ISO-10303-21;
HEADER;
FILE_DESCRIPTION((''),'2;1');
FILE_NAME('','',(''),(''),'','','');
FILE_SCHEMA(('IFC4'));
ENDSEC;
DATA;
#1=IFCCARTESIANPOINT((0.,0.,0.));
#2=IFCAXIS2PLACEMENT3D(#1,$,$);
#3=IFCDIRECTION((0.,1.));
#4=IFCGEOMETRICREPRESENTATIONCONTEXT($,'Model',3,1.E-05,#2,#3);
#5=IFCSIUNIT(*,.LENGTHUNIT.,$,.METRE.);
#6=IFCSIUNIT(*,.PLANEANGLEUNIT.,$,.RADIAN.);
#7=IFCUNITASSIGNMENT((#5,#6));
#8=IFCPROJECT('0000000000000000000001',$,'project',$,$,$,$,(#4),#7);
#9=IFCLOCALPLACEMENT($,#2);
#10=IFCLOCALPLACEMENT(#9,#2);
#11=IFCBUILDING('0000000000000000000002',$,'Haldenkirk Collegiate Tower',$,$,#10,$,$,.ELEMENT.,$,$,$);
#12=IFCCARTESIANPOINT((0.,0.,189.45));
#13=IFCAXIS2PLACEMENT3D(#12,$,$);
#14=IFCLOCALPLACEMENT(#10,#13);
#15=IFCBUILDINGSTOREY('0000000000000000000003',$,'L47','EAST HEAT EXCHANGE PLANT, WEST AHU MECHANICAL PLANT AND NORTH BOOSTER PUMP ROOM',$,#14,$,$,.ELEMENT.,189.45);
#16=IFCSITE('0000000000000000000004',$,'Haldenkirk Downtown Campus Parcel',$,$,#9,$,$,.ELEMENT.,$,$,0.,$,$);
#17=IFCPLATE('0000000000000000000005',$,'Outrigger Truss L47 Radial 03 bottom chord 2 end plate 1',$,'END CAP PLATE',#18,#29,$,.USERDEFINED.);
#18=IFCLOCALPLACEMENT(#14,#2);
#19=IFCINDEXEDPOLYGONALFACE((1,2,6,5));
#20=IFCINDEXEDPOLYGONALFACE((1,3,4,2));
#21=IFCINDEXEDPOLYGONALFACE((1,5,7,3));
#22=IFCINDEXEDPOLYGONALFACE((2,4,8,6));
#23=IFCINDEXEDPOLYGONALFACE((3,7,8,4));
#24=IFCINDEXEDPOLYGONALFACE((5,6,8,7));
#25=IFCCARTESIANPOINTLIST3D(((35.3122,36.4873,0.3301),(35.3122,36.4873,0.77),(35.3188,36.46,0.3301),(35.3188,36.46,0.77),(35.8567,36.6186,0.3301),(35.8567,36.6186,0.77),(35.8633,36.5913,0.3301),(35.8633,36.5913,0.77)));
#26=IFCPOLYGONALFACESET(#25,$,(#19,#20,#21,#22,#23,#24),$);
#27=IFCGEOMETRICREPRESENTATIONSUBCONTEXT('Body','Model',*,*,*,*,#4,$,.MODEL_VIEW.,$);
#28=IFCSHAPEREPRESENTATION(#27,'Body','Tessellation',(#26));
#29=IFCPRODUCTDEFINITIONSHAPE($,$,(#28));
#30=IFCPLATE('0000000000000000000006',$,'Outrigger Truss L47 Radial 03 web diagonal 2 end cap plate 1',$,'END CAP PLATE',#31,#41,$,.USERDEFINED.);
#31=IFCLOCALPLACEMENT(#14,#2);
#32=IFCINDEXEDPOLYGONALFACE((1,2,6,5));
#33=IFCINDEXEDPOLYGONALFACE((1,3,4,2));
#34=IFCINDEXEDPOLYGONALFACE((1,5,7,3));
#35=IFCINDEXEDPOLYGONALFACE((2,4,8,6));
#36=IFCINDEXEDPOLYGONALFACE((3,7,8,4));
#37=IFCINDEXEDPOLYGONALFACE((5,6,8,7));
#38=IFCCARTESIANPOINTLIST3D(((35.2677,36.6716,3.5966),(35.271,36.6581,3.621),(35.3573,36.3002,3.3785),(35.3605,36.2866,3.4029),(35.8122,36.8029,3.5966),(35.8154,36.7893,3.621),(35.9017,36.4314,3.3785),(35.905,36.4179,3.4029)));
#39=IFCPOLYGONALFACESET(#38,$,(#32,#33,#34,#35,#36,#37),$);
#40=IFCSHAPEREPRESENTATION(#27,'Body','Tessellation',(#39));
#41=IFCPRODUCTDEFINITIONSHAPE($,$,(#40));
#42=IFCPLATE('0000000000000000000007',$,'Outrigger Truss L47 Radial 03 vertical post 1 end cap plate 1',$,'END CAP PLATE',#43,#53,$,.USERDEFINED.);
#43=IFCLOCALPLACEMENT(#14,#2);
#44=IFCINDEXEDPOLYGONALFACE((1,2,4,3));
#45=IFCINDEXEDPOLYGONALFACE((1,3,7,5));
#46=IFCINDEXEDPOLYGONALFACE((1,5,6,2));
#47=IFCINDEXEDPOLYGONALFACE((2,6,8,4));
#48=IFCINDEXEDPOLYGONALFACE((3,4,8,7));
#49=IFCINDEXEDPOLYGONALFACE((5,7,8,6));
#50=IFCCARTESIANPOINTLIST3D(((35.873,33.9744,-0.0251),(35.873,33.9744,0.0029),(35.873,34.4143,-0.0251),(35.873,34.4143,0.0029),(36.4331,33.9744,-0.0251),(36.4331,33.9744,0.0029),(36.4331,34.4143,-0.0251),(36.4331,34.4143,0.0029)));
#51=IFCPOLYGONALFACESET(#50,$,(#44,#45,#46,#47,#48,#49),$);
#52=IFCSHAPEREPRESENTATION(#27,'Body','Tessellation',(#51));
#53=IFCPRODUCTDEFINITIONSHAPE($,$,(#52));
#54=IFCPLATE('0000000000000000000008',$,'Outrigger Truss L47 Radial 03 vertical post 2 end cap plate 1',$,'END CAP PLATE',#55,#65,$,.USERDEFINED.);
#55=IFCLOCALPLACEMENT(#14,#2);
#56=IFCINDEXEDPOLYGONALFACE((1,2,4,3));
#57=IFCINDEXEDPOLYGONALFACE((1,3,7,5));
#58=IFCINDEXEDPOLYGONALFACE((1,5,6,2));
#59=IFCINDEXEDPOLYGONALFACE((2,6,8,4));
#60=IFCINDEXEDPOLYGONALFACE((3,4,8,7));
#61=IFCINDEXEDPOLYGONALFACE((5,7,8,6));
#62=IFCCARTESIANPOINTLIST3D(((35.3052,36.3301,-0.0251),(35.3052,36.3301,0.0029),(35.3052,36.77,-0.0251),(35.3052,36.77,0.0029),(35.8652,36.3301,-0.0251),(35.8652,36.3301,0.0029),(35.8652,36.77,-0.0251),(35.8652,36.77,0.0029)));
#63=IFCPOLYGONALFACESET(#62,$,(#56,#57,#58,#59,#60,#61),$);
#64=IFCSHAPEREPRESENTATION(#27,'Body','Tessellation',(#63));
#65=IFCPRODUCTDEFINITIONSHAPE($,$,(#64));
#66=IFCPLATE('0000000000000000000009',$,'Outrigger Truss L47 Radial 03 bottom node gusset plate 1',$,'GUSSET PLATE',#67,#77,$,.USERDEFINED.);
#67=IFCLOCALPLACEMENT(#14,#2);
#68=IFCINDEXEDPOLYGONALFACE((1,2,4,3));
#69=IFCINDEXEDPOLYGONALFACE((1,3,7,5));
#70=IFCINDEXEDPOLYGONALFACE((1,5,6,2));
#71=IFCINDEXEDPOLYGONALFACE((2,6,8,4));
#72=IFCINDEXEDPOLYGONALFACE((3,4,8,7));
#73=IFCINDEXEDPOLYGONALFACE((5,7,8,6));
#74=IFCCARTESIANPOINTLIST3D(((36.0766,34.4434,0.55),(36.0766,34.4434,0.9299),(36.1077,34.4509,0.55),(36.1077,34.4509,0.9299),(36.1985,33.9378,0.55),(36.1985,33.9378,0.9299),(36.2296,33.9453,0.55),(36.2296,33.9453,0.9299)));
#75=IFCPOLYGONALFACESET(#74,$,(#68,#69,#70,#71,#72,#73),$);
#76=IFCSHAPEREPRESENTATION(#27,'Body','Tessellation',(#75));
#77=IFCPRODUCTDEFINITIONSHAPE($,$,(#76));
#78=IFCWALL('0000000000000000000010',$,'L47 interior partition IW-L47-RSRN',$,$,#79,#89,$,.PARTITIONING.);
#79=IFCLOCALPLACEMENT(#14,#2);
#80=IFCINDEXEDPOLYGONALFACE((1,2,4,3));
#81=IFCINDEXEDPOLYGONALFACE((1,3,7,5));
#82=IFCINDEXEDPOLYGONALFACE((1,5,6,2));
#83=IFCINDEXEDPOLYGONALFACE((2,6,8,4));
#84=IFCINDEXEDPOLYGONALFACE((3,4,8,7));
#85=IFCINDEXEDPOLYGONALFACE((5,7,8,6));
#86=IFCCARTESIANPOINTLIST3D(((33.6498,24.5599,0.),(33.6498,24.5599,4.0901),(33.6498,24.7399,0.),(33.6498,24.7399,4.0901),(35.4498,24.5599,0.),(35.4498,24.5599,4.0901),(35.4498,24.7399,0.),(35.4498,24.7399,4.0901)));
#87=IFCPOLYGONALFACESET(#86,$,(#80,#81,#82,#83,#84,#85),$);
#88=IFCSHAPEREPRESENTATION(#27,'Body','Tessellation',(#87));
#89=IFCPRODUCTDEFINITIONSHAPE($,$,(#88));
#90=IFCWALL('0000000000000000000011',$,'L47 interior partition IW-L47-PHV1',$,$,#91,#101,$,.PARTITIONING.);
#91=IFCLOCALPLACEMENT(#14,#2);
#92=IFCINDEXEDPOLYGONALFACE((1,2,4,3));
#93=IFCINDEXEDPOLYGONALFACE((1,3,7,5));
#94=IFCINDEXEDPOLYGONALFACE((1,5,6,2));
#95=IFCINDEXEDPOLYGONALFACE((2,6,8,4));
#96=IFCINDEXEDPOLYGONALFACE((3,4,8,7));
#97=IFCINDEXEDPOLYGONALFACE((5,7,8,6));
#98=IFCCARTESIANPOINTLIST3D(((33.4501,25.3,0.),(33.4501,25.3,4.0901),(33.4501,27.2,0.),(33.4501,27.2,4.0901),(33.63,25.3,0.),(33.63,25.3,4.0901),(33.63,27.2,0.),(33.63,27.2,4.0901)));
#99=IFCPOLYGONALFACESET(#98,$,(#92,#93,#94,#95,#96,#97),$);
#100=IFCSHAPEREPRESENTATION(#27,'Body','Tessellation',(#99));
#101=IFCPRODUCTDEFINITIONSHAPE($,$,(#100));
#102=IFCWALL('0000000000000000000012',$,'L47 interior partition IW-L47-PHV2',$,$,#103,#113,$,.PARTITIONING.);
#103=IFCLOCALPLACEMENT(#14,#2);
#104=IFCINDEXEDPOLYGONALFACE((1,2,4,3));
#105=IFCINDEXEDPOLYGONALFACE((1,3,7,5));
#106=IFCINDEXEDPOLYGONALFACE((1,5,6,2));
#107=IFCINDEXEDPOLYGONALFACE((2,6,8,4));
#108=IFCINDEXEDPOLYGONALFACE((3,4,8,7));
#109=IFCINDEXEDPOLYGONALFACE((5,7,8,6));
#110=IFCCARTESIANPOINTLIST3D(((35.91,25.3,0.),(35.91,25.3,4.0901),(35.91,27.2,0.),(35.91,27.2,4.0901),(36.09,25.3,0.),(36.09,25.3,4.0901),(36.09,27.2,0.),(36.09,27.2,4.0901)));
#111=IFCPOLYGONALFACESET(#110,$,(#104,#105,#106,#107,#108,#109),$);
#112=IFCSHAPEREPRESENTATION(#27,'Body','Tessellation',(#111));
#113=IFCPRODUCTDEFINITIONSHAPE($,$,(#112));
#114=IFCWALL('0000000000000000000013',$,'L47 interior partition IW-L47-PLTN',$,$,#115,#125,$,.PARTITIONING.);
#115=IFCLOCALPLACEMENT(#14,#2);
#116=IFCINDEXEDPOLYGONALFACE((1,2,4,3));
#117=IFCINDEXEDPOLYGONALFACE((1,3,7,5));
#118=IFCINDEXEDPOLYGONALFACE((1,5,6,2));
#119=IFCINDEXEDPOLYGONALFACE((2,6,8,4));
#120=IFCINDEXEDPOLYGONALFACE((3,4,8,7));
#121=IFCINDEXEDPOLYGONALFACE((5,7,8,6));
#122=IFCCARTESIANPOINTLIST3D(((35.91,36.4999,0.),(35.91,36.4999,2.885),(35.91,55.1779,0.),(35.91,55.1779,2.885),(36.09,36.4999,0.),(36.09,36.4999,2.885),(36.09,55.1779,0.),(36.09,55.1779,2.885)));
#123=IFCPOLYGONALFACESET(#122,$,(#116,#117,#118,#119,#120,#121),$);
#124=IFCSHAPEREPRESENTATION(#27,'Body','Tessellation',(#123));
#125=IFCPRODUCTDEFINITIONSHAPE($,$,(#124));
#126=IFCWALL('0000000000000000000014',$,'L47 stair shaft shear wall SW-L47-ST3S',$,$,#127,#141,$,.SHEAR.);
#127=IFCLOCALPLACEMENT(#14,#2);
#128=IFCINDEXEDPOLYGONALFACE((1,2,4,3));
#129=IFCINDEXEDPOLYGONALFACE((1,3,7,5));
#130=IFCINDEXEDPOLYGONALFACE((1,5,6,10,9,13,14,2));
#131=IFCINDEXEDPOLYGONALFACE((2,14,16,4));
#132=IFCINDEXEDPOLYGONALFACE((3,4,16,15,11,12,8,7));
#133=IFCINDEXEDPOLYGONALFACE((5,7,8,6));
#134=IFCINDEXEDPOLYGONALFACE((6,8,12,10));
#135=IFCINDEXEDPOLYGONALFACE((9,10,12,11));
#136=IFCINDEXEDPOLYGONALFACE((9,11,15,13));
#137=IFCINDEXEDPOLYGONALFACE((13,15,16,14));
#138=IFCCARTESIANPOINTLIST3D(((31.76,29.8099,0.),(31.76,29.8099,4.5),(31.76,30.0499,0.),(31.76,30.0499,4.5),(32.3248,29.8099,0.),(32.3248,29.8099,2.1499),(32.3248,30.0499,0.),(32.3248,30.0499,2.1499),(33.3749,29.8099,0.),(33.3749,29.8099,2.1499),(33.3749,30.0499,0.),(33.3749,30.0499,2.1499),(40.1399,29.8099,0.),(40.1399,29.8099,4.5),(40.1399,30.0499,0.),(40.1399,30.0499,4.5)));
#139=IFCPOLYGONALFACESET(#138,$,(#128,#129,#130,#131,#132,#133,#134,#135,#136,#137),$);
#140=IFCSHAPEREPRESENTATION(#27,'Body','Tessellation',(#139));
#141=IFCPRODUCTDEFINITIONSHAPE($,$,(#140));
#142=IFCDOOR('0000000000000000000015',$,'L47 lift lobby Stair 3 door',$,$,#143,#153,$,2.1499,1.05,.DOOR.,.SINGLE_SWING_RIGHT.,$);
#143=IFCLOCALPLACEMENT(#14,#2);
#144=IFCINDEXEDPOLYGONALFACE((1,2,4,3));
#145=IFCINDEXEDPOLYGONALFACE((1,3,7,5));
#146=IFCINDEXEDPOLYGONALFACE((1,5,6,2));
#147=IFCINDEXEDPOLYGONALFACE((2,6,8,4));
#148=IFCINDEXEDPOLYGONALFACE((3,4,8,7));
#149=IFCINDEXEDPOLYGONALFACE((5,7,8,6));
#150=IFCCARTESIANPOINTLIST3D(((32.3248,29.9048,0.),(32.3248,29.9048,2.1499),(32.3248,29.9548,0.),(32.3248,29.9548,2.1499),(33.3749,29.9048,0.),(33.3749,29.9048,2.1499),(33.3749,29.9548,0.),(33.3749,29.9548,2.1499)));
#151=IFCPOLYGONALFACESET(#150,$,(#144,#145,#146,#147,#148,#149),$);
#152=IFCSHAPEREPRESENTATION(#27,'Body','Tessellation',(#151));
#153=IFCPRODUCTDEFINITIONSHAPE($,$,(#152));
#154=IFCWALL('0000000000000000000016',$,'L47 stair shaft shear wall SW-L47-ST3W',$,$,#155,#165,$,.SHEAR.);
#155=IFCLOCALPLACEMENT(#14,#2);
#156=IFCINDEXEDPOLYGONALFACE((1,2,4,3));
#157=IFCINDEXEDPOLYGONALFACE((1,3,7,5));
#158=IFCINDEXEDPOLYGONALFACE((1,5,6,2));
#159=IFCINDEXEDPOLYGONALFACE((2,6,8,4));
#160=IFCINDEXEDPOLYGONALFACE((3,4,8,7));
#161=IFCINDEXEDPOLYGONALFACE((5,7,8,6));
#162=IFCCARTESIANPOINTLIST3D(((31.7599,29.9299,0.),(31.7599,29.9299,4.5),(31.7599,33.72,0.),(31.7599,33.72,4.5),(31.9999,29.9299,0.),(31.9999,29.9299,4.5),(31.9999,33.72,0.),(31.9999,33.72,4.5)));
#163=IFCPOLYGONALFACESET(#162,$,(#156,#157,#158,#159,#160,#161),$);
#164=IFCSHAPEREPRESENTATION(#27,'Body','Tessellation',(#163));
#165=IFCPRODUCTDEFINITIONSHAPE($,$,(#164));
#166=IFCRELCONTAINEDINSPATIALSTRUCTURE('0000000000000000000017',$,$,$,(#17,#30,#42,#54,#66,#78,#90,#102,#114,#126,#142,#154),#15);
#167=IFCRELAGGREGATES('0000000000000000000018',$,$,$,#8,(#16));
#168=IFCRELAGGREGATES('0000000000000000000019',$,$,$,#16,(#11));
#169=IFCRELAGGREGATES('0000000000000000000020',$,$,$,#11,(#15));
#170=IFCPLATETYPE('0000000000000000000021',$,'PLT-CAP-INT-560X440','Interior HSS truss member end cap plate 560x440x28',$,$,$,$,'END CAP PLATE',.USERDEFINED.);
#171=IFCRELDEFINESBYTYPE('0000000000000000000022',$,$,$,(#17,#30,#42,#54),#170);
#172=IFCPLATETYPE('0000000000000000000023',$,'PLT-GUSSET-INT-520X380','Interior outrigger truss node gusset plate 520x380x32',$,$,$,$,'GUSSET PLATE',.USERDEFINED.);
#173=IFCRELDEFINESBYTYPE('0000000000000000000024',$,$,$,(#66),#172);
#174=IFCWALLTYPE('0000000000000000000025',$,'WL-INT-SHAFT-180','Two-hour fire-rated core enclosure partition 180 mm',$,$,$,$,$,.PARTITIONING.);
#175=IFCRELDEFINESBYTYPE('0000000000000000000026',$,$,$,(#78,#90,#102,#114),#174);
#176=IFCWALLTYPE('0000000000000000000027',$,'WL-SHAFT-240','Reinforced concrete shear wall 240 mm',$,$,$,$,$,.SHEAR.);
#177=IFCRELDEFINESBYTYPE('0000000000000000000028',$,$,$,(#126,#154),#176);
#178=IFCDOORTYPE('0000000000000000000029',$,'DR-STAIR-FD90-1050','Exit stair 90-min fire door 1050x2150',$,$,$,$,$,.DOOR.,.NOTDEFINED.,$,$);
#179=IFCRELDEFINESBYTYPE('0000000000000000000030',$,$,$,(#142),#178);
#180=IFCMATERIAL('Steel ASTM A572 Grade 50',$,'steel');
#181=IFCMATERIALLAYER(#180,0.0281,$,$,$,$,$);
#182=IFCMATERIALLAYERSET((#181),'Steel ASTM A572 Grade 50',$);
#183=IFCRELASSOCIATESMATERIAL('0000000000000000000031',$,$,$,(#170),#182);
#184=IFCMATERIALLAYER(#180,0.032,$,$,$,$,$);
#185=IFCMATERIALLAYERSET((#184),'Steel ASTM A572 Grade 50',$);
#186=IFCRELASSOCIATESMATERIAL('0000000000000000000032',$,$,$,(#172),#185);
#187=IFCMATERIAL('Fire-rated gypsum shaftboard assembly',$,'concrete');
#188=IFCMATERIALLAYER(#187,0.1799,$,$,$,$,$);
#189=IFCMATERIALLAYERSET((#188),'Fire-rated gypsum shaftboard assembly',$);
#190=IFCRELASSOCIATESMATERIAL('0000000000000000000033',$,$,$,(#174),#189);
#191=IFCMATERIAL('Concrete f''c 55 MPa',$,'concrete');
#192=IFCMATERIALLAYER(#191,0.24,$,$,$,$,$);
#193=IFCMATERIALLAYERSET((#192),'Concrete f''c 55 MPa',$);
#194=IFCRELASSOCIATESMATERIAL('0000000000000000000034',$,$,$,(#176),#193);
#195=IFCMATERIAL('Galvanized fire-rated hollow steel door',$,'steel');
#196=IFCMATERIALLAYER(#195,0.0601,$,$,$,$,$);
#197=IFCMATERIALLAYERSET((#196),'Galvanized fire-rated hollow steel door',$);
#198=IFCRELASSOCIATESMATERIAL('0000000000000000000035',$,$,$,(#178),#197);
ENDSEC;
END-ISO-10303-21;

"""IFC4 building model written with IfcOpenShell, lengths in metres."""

from ifc_helpers import new_model, si_unit, direction, frame, frame_2d, origin, origin_2d, place, context, subcontext, project, spatial, rectangle, extrude, source, transform, mapped, material, layer, layer_set, type_object, element, fill, save


model = new_model("IFC4")

# Units and contexts
model_context = context("Model", 3, precision=1e-05, world=origin(), true_north=direction((0.0, 1.0)))
body_context = subcontext(model_context, "Body", "Model", "MODEL_VIEW")
ifc_project = project(units=[si_unit("LENGTHUNIT", "METRE"), si_unit("PLANEANGLEUNIT", "RADIAN")], contexts=[model_context])

# Site, building, storey
site_placement = place(None, origin())
site = spatial("IfcSite", under=ifc_project, at=site_placement, Name="Haldenkirk Downtown Campus Parcel", CompositionType="ELEMENT", RefElevation=0.0)
building_placement = place(site_placement, origin())
building = spatial("IfcBuilding", under=site, at=building_placement, Name="Haldenkirk Collegiate Tower", CompositionType="ELEMENT")
storey_placement = place(building_placement, frame((0.0, 0.0, 189.45)))
storey = spatial("IfcBuildingStorey", under=building, at=storey_placement, Name="L47", Description="EAST HEAT EXCHANGE PLANT, WEST AHU MECHANICAL PLANT AND NORTH BOOSTER PUMP ROOM", CompositionType="ELEMENT", Elevation=189.45)

# Shared definitions
ifc_material_1 = material(Name="Steel ASTM A572 Grade 50", Category="steel")

# Plates
ifc_layer_1 = layer(ifc_material_1, 0.0281)
ifc_layer_set_1 = layer_set([ifc_layer_1], Name="Steel ASTM A572 Grade 50")
plate_type_1 = type_object("IfcPlateType", Name="PLT-CAP-INT-560X440", Description="Interior HSS truss member end cap plate 560x440x28", ElementType="END CAP PLATE", PredefinedType="USERDEFINED", material=ifc_layer_set_1)
shared_shape_1 = source(origin(), body_context, "Body", "SweptSolid", [
    extrude(rectangle(XDim=0.5601, YDim=0.4399, at=origin_2d()), origin(), (0.0, 0.0, 1.0), 0.0281),
])
for number, where, z_axis, x_axis, name in (
    (1, (35.5845, 36.553, 0.55), (0.234397, -0.972141, 0.0), (0.972141, 0.234397, 0.0), "Outrigger Truss L47 Radial 03 bottom chord 2 end plate 1"),
    (2, (35.5847, 36.5515, 3.4875), (0.116159, -0.481829, 0.868532), (0.972149, 0.234365, 0.0), "Outrigger Truss L47 Radial 03 web diagonal 2 end cap plate 1"),
    (3, (36.1531, 34.1943, 0.0029), (0.0, 0.0, -1.0), (1.0, 0.0, 0.0), "Outrigger Truss L47 Radial 03 vertical post 1 end cap plate 1"),
    (4, (35.5852, 36.55, 0.0029), (0.0, 0.0, -1.0), (1.0, 0.0, 0.0), "Outrigger Truss L47 Radial 03 vertical post 2 end cap plate 1"),
):
    element("IfcPlate", number, at=place(storey_placement, frame(where, z_axis=z_axis, x_axis=x_axis)), inside=storey, type_object=plate_type_1, Name=name, ObjectType="END CAP PLATE", PredefinedType="USERDEFINED", context=body_context, shape_type="MappedRepresentation", body=[
        mapped(shared_shape_1, transform((0.0, 0.0, 0.0), x_axis=(1.0, 0.0, 0.0), y_axis=(0.0, 1.0, 0.0), z_axis=(0.0, 0.0, 1.0), scale=1.0)),
    ])
ifc_layer_2 = layer(ifc_material_1, 0.032)
ifc_layer_set_2 = layer_set([ifc_layer_2], Name="Steel ASTM A572 Grade 50")
plate_type_2 = type_object("IfcPlateType", Name="PLT-GUSSET-INT-520X380", Description="Interior outrigger truss node gusset plate 520x380x32", ElementType="GUSSET PLATE", PredefinedType="USERDEFINED", material=ifc_layer_set_2)
shared_shape_2 = source(origin(), body_context, "Body", "SweptSolid", [
    extrude(rectangle(XDim=0.52, YDim=0.032, at=origin_2d()), origin(), (0.0, 0.0, 1.0), 0.3799),
])
plate_placement = place(storey_placement, frame((36.1531, 34.1943, 0.55), z_axis=(0.0, 0.0, 1.0), x_axis=(-0.234397, 0.972141, 0.0)))
element("IfcPlate", 5, at=plate_placement, inside=storey, type_object=plate_type_2, Name="Outrigger Truss L47 Radial 03 bottom node gusset plate 1", ObjectType="GUSSET PLATE", PredefinedType="USERDEFINED", context=body_context, shape_type="MappedRepresentation", body=[
    mapped(shared_shape_2, transform((0.0, 0.0, 0.0), x_axis=(1.0, 0.0, 0.0), y_axis=(0.0, 1.0, 0.0), z_axis=(0.0, 0.0, 1.0), scale=1.0)),
])

# Walls
ifc_material_2 = material(Name="Fire-rated gypsum shaftboard assembly", Category="concrete")
ifc_layer_3 = layer(ifc_material_2, 0.1799)
ifc_layer_set_3 = layer_set([ifc_layer_3], Name="Fire-rated gypsum shaftboard assembly")
wall_type_1 = type_object("IfcWallType", Name="WL-INT-SHAFT-180", Description="Two-hour fire-rated core enclosure partition 180 mm", PredefinedType="PARTITIONING", material=ifc_layer_set_3)
wall_1_placement = place(storey_placement, frame((33.6499, 24.6499, 0.0), z_axis=(0.0, 0.0, 1.0), x_axis=(1.0, 0.0, 0.0)))
element("IfcWall", 6, at=wall_1_placement, inside=storey, type_object=wall_type_1, Name="L47 interior partition IW-L47-RSRN", PredefinedType="PARTITIONING", context=body_context, shape_type="SweptSolid", body=[
    extrude(rectangle(XDim=1.8, YDim=0.1799, at=frame_2d((0.8999, 0.0))), origin(), (0.0, 0.0, 1.0), 4.0901),
])
for number, where, z_axis, x_axis, name in (
    (7, (33.54, 25.3, 0.0), (0.0, 0.0, 1.0), (0.0, 1.0, 0.0), "L47 interior partition IW-L47-PHV1"),
    (8, (36.0, 25.3, 0.0), (0.0, 0.0, 1.0), (0.0, 1.0, 0.0), "L47 interior partition IW-L47-PHV2"),
):
    element("IfcWall", number, at=place(storey_placement, frame(where, z_axis=z_axis, x_axis=x_axis)), inside=storey, type_object=wall_type_1, Name=name, PredefinedType="PARTITIONING", context=body_context, shape_type="SweptSolid", body=[
        extrude(rectangle(XDim=1.8999, YDim=0.1799, at=frame_2d((0.95, 0.0))), origin(), (0.0, 0.0, 1.0), 4.0901),
    ])
wall_2_placement = place(storey_placement, frame((36.0, 36.5, 0.0), z_axis=(0.0, 0.0, 1.0), x_axis=(0.0, 1.0, 0.0)))
element("IfcWall", 9, at=wall_2_placement, inside=storey, type_object=wall_type_1, Name="L47 interior partition IW-L47-PLTN", PredefinedType="PARTITIONING", context=body_context, shape_type="SweptSolid", body=[
    extrude(rectangle(XDim=18.678, YDim=0.1799, at=frame_2d((9.3389, 0.0))), origin(), (0.0, 0.0, 1.0), 2.885),
])

# Wall, opening, door
ifc_material_3 = material(Name="Concrete f'c 55 MPa", Category="concrete")
ifc_layer_4 = layer(ifc_material_3, 0.24)
ifc_layer_set_4 = layer_set([ifc_layer_4], Name="Concrete f'c 55 MPa")
wall_type_2 = type_object("IfcWallType", Name="WL-SHAFT-240", Description="Reinforced concrete shear wall 240 mm", PredefinedType="SHEAR", material=ifc_layer_set_4)
wall_3_placement = place(storey_placement, frame((31.76, 29.9299, 0.0), z_axis=(0.0, 0.0, 1.0), x_axis=(1.0, 0.0, 0.0)))
wall_3 = element("IfcWall", 10, at=wall_3_placement, inside=storey, type_object=wall_type_2, Name="L47 stair shaft shear wall SW-L47-ST3S", PredefinedType="SHEAR", context=body_context, shape_type="SweptSolid", body=[
    extrude(rectangle(XDim=8.3799, YDim=0.24, at=frame_2d((4.1899, 0.0))), origin(), (0.0, 0.0, 1.0), 4.5),
])
opening_placement = place(wall_3_placement, frame((0.5649, 0.0, 0.0)))
opening = element("IfcOpeningElement", 11, at=opening_placement, cuts=wall_3, PredefinedType="OPENING", context=body_context, shape_type="SweptSolid", body=[
    extrude(rectangle(XDim=1.05, YDim=2.1499, at=frame_2d((0.5249, 1.075))), frame((0.0, 0.1299, 0.0), z_axis=(0.0, -1.0, 0.0), x_axis=(1.0, 0.0, 0.0)), (0.0, 0.0, 1.0), 0.26),
])
ifc_material_4 = material(Name="Galvanized fire-rated hollow steel door", Category="steel")
ifc_layer_5 = layer(ifc_material_4, 0.0601)
ifc_layer_set_5 = layer_set([ifc_layer_5], Name="Galvanized fire-rated hollow steel door")
door_type = type_object("IfcDoorType", Name="DR-STAIR-FD90-1050", Description="Exit stair 90-min fire door 1050x2150", OperationType="NOTDEFINED", PredefinedType="DOOR", material=ifc_layer_set_5)
door_placement = place(opening_placement, origin())
door = element("IfcDoor", 12, at=door_placement, inside=storey, type_object=door_type, Name="L47 lift lobby Stair 3 door", OperationType="SINGLE_SWING_RIGHT", OverallHeight=2.1499, OverallWidth=1.05, PredefinedType="DOOR", context=body_context, shape_type="SweptSolid", body=[
    extrude(rectangle(XDim=1.05, YDim=2.1499, at=frame_2d((0.5249, 1.075))), frame((0.0, 0.0249, 0.0), z_axis=(0.0, -1.0, 0.0), x_axis=(1.0, 0.0, 0.0)), (0.0, 0.0, 1.0), 0.05),
])
fill(opening, door)

# Wall
wall_4_placement = place(storey_placement, frame((31.8799, 29.9299, 0.0), z_axis=(0.0, 0.0, 1.0), x_axis=(0.0, 1.0, 0.0)))
element("IfcWall", 13, at=wall_4_placement, inside=storey, type_object=wall_type_2, Name="L47 stair shaft shear wall SW-L47-ST3W", PredefinedType="SHEAR", context=body_context, shape_type="SweptSolid", body=[
    extrude(rectangle(XDim=3.79, YDim=0.24, at=frame_2d((1.895, 0.0))), origin(), (0.0, 0.0, 1.0), 4.5),
])

save(model, "model.ifc")
